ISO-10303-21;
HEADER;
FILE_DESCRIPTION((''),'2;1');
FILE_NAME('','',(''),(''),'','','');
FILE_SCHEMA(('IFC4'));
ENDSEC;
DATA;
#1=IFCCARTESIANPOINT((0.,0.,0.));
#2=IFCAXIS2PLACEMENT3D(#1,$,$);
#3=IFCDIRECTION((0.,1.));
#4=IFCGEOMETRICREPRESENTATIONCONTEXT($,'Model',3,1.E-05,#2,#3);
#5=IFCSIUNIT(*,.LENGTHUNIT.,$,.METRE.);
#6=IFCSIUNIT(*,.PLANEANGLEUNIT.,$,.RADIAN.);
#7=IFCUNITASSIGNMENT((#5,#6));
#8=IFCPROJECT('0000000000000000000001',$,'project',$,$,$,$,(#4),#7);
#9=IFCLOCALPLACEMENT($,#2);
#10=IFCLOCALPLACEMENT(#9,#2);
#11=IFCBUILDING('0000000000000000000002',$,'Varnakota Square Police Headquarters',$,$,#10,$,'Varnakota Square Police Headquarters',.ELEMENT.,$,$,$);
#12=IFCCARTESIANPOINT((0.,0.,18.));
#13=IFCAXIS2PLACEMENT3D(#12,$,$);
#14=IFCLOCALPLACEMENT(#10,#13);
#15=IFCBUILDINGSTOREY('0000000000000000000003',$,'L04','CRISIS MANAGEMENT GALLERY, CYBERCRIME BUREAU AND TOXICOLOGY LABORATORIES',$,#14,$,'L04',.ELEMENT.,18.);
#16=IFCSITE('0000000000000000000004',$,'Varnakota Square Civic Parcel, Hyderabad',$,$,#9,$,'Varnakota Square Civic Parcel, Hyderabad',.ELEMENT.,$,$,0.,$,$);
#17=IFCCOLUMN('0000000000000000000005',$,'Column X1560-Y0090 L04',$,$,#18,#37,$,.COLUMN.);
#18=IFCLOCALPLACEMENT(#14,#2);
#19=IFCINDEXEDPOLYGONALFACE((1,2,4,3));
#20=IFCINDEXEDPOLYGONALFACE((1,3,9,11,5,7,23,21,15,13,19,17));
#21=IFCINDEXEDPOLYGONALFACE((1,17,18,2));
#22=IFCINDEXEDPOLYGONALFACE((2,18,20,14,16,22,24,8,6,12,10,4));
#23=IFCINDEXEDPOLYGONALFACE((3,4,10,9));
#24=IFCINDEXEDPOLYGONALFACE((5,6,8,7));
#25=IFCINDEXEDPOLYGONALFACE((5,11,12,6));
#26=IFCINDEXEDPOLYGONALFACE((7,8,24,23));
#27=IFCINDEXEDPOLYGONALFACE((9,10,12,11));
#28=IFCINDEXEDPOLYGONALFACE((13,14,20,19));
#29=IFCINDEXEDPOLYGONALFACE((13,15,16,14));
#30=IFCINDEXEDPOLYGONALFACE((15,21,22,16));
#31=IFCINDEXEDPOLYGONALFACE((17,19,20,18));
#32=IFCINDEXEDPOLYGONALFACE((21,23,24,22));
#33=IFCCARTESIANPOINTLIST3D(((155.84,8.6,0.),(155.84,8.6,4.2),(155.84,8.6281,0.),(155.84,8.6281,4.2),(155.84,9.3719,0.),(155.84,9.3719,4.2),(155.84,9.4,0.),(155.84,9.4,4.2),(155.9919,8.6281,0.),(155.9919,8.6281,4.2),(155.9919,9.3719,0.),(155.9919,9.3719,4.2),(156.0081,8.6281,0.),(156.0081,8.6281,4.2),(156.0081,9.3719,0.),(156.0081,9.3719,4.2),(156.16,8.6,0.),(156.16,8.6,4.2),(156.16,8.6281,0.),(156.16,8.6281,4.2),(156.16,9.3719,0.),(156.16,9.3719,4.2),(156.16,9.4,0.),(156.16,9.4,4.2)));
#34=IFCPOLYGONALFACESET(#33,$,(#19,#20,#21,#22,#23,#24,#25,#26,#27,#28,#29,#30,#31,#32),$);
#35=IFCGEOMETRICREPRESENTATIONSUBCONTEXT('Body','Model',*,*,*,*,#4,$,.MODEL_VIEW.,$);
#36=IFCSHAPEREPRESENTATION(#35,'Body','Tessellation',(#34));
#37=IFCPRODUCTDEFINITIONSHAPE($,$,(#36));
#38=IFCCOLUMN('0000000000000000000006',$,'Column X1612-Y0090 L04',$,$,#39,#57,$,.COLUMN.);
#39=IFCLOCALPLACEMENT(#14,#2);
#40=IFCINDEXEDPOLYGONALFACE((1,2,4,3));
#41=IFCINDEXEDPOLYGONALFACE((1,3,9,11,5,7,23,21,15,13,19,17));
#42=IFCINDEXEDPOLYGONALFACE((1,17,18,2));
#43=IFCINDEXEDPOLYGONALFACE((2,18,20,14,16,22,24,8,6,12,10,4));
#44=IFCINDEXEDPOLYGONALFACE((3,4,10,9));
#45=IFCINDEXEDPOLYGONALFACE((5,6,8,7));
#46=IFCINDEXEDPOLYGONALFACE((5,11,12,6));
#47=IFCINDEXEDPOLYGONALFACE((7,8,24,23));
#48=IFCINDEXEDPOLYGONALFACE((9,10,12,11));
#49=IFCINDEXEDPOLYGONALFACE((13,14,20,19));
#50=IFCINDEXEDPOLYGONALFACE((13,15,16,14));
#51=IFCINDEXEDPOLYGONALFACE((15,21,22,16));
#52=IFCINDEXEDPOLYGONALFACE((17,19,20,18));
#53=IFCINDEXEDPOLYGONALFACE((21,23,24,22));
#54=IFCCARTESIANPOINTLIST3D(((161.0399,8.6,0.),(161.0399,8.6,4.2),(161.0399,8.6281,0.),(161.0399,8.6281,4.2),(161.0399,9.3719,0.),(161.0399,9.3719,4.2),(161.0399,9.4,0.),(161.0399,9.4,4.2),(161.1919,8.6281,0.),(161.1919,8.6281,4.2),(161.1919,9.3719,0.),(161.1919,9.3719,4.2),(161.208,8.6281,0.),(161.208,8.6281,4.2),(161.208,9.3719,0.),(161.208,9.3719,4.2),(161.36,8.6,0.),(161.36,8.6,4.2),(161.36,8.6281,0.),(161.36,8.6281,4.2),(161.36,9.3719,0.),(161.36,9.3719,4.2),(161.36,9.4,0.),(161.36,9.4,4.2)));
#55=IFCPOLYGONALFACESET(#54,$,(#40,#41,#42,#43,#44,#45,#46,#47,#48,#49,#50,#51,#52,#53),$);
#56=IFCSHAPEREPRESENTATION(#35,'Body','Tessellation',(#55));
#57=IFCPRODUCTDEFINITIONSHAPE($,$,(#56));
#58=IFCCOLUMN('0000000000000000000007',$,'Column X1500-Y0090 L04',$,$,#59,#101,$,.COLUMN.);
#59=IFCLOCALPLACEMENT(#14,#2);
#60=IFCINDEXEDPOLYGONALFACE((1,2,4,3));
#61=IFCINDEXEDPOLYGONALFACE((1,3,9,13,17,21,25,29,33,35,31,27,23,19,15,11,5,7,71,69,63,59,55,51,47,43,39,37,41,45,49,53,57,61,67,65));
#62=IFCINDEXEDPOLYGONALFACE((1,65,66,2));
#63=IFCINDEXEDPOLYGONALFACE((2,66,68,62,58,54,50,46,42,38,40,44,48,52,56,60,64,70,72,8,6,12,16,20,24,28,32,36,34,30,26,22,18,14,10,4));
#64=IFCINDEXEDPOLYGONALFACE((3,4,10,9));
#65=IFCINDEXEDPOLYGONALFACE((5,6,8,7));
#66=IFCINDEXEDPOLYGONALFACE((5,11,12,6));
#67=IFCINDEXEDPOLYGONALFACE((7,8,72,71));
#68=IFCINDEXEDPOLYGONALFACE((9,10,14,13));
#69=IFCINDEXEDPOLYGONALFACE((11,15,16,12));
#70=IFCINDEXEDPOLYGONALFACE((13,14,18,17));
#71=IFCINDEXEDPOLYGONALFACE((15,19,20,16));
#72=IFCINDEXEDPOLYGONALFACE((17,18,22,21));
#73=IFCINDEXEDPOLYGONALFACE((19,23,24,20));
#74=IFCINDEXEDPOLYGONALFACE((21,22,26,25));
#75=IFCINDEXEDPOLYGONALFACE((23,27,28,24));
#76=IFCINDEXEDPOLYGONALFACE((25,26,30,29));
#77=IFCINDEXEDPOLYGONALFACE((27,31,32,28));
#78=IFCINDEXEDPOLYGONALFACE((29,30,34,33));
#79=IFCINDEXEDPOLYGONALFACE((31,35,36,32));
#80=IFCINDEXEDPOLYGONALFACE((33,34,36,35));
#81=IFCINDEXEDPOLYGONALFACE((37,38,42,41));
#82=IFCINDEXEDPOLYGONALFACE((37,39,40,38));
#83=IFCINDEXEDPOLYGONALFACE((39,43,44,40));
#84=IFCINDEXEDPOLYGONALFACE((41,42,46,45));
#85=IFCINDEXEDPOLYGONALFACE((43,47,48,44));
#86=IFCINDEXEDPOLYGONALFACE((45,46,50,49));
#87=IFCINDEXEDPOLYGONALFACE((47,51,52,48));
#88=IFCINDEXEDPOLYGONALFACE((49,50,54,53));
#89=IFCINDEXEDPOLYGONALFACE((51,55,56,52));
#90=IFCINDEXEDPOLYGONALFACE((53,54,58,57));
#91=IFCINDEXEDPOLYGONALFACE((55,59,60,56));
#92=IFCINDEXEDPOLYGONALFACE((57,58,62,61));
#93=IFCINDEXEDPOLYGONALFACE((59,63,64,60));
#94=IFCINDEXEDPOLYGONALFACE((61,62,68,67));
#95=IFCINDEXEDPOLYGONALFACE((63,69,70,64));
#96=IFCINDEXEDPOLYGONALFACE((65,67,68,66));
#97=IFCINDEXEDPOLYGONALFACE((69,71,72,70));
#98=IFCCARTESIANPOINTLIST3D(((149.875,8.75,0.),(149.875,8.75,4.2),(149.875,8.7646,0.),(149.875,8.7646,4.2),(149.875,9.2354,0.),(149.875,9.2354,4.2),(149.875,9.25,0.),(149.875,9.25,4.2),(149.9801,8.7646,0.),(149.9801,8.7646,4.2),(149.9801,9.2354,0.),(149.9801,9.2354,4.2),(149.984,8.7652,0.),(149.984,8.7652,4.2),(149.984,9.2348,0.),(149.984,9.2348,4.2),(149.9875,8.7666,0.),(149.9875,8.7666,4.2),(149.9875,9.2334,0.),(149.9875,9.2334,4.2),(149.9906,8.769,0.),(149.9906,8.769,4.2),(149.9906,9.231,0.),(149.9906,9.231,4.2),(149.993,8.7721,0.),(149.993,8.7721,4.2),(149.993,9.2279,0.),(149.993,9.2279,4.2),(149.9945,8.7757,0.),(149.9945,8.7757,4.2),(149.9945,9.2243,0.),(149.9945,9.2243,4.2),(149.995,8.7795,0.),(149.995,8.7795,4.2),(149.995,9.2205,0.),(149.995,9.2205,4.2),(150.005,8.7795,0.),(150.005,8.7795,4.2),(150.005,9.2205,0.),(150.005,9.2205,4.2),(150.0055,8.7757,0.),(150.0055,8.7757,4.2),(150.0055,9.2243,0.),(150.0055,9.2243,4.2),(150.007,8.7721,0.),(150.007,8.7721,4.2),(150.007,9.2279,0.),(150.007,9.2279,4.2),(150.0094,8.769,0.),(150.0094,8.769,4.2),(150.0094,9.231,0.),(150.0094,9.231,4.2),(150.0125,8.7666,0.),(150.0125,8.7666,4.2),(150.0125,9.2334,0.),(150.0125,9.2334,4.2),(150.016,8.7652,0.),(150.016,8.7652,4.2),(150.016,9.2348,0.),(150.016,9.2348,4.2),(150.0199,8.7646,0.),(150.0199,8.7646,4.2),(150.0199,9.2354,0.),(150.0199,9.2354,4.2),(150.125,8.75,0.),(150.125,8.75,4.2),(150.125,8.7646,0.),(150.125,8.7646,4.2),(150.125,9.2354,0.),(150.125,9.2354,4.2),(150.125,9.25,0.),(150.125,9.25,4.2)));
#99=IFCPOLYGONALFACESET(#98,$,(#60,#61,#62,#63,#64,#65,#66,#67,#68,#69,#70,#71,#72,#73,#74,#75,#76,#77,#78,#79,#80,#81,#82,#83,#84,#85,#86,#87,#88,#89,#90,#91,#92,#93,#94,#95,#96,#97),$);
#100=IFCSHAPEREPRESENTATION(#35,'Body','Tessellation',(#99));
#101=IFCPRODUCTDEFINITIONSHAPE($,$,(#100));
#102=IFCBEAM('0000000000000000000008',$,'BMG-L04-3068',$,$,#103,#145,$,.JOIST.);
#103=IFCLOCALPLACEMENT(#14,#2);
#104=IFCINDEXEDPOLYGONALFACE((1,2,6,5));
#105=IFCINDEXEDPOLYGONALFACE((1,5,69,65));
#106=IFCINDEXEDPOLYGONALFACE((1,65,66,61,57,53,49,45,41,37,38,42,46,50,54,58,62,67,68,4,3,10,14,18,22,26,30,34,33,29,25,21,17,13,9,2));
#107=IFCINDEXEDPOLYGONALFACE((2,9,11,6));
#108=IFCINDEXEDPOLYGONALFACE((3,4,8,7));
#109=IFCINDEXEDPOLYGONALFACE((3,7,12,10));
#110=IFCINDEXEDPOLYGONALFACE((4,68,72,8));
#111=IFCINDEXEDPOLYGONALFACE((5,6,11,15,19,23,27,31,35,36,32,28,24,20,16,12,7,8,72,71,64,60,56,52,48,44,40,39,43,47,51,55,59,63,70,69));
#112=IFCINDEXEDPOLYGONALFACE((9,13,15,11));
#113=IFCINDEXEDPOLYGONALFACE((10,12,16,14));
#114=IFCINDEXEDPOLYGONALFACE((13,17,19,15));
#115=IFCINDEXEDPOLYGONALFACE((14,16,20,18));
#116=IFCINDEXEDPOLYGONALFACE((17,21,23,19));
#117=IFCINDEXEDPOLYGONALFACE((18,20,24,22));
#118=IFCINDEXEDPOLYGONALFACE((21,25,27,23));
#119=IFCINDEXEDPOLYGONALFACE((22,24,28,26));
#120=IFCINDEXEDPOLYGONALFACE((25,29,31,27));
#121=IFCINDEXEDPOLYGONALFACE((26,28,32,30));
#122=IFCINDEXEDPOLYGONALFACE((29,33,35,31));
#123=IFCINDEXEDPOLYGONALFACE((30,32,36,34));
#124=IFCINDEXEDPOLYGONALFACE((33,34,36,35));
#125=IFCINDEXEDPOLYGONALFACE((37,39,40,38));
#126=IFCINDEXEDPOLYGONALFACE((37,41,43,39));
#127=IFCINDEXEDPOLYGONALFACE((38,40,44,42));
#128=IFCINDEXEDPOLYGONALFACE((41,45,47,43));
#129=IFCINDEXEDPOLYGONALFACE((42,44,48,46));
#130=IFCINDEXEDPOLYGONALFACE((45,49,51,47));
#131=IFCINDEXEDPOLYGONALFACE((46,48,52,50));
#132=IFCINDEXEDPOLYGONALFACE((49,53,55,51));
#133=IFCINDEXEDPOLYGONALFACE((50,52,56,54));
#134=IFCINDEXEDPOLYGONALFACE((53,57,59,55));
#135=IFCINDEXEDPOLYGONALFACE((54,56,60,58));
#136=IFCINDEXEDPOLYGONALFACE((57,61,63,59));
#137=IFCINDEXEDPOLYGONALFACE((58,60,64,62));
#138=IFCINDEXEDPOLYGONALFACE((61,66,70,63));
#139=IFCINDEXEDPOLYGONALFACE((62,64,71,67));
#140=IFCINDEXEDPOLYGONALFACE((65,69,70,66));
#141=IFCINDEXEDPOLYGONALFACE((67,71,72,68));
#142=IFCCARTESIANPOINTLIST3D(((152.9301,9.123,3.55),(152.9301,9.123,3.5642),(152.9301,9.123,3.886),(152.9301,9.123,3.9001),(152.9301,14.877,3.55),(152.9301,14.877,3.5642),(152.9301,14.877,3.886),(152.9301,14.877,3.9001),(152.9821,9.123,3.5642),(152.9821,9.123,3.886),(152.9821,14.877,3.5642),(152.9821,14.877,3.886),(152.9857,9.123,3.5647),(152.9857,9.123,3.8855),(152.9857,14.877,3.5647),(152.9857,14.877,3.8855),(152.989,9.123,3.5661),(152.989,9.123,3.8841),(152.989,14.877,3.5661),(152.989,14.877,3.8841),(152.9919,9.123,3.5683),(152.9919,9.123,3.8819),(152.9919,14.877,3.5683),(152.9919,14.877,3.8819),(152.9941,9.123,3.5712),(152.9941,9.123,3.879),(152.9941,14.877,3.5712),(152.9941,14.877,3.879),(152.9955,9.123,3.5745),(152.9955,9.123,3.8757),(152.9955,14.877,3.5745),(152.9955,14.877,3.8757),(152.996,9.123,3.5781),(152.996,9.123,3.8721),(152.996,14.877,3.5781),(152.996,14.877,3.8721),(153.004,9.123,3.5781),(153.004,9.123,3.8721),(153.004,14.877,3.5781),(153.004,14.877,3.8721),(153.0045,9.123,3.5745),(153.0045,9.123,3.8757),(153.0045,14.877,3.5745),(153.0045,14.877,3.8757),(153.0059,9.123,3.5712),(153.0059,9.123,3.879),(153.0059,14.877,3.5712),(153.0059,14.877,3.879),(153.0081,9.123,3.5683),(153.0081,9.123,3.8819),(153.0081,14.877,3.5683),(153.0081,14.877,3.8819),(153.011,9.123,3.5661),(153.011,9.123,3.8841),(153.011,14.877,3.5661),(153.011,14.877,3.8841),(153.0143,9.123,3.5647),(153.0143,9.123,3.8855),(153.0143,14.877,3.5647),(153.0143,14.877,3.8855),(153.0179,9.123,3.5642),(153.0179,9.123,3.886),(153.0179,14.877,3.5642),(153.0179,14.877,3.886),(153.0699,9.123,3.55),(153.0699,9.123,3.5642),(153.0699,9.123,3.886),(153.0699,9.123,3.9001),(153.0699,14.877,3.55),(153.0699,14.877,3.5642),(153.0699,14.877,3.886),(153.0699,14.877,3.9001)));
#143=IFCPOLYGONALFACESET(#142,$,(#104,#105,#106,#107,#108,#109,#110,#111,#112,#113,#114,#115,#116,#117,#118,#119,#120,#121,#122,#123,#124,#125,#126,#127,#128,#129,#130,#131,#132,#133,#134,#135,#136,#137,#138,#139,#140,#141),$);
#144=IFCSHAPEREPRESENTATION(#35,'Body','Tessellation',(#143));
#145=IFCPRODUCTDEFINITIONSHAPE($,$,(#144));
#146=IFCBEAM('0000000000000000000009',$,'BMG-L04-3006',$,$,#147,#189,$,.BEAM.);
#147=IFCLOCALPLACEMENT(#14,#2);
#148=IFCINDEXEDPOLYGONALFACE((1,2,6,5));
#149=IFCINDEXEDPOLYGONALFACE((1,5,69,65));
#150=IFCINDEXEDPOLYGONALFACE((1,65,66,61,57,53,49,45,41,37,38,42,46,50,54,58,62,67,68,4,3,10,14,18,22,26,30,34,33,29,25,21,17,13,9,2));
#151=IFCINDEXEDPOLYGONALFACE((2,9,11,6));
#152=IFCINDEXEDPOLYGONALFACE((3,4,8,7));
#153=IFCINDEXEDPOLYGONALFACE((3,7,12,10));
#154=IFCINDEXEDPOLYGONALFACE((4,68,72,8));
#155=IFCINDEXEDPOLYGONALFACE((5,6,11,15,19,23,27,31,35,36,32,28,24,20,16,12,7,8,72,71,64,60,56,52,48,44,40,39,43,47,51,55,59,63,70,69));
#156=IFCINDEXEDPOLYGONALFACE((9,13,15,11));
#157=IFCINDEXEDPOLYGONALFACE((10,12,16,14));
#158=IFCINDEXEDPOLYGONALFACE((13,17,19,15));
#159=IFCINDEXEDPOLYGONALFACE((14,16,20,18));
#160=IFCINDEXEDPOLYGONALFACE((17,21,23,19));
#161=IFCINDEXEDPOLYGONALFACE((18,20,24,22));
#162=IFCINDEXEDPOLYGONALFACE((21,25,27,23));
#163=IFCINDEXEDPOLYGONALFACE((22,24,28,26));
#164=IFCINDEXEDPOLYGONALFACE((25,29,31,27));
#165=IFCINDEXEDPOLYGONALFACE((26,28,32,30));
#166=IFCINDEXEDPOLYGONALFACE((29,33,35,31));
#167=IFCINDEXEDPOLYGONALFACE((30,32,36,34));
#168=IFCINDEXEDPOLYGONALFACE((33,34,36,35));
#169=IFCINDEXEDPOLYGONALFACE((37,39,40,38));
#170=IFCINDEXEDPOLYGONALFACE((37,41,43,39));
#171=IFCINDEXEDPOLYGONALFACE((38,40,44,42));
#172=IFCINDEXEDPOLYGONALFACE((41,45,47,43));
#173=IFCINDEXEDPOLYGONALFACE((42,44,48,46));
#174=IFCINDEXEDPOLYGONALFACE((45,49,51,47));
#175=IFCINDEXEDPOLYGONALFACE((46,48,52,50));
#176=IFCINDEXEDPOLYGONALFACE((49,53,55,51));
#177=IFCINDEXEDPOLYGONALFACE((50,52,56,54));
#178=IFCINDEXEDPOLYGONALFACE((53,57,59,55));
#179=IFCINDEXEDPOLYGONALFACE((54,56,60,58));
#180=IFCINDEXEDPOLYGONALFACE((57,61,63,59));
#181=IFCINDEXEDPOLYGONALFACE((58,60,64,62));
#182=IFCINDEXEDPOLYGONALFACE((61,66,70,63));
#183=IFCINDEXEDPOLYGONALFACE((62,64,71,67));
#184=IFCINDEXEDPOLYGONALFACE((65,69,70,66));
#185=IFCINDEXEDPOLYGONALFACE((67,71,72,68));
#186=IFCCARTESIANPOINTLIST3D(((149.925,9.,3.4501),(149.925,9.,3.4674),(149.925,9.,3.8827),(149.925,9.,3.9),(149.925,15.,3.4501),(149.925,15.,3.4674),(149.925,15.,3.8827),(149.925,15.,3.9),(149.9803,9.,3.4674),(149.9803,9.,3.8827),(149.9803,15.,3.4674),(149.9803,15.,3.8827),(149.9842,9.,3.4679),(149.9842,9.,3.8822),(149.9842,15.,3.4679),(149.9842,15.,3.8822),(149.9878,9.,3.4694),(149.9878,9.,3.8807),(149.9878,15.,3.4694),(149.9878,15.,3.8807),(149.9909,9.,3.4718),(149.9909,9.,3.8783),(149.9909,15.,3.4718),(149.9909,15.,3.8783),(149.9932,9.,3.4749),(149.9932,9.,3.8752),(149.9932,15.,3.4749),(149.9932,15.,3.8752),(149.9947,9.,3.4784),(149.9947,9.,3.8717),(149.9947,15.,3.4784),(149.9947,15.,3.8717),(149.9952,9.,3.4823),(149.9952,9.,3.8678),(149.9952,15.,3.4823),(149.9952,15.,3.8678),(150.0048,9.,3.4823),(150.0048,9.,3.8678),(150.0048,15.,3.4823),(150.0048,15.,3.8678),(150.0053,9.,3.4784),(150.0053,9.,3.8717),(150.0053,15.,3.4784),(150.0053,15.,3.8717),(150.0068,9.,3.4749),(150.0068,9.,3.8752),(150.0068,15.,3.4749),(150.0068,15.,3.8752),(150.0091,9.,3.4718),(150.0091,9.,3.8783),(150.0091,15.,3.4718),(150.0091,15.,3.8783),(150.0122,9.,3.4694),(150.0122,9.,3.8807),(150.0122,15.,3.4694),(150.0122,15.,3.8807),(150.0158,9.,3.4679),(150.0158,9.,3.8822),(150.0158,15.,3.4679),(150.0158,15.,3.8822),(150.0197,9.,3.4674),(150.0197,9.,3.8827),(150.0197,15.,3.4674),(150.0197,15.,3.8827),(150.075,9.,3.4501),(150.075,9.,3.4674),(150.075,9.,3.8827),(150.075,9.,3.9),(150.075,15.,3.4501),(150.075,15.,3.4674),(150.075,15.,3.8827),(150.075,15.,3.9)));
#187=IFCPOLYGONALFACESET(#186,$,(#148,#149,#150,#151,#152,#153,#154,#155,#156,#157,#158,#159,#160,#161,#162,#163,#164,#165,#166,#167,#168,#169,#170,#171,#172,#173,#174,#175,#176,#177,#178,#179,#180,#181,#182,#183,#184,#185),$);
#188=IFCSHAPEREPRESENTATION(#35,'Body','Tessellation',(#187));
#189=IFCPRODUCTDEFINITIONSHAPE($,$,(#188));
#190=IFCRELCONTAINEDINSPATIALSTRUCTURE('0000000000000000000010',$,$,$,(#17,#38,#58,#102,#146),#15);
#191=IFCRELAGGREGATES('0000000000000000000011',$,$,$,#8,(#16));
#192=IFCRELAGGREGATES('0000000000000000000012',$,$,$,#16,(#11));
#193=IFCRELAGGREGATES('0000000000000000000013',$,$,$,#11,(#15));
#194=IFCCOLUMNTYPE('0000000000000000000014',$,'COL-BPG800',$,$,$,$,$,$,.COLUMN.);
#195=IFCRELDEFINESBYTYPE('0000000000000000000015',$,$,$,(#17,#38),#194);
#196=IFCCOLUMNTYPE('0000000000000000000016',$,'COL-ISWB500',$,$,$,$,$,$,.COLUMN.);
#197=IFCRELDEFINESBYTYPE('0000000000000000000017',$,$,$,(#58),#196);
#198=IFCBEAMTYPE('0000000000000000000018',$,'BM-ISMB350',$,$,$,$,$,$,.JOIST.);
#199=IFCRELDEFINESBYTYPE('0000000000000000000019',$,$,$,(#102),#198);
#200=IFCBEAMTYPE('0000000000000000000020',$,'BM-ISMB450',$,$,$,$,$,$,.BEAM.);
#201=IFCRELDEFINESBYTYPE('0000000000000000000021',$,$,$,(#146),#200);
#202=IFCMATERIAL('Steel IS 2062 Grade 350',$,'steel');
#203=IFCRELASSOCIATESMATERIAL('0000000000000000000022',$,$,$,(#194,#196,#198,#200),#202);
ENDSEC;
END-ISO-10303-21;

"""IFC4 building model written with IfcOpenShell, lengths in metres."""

from ifc_helpers import new_model, si_unit, direction, frame, origin, origin_2d, place, context, subcontext, project, spatial, i_section, extrude, material, material_profile, profile_set, type_object, element, save


model = new_model("IFC4")

# Units and contexts
model_context = context("Model", 3, precision=1e-05, world=origin(), true_north=direction((0.0, 1.0)))
body_context = subcontext(model_context, "Body", "Model", "MODEL_VIEW")
ifc_project = project(units=[si_unit("LENGTHUNIT", "METRE"), si_unit("PLANEANGLEUNIT", "RADIAN")], contexts=[model_context])

# Site, building, storey
site_placement = place(None, origin())
site = spatial("IfcSite", under=ifc_project, at=site_placement, Name="Varnakota Square Civic Parcel, Hyderabad", LongName="Varnakota Square Civic Parcel, Hyderabad", CompositionType="ELEMENT", RefElevation=0.0)
building_placement = place(site_placement, origin())
building = spatial("IfcBuilding", under=site, at=building_placement, Name="Varnakota Square Police Headquarters", LongName="Varnakota Square Police Headquarters", CompositionType="ELEMENT")
storey_placement = place(building_placement, frame((0.0, 0.0, 18.0)))
storey = spatial("IfcBuildingStorey", under=building, at=storey_placement, Name="L04", Description="CRISIS MANAGEMENT GALLERY, CYBERCRIME BUREAU AND TOXICOLOGY LABORATORIES", LongName="L04", CompositionType="ELEMENT", Elevation=18.0)

# Columns
ifc_material_1 = material(Name="Steel IS 2062 Grade 350", Category="steel")
ifc_material_profile_1 = material_profile(ifc_material_1, i_section(OverallWidth=0.3201, OverallDepth=0.8, WebThickness=0.0161, FlangeThickness=0.0281, at=origin_2d()), Name="BPG 800x320")
ifc_profile_set_1 = profile_set([ifc_material_profile_1], Name="Steel IS 2062 Grade 350")
column_type_1 = type_object("IfcColumnType", Name="COL-BPG800", PredefinedType="COLUMN", material=ifc_profile_set_1)
for number, where, z_axis, x_axis, name in (
    (1, (156.0, 9.0, 0.0), (0.0, 0.0, 1.0), (1.0, 0.0, 0.0), "Column X1560-Y0090 L04"),
    (2, (161.2, 9.0, 0.0), (0.0, 0.0, 1.0), (1.0, 0.0, 0.0), "Column X1612-Y0090 L04"),
):
    element("IfcColumn", number, at=place(storey_placement, frame(where, z_axis=z_axis, x_axis=x_axis)), inside=storey, type_object=column_type_1, Name=name, PredefinedType="COLUMN", context=body_context, shape_type="SweptSolid", body=[
        extrude(i_section(OverallWidth=0.3201, OverallDepth=0.8, WebThickness=0.0161, FlangeThickness=0.0281, at=origin_2d()), origin(), (0.0, 0.0, 1.0), 4.2),
    ])
ifc_material_profile_2 = material_profile(ifc_material_1, i_section(OverallWidth=0.25, OverallDepth=0.5, WebThickness=0.01, FlangeThickness=0.0146, FilletRadius=0.0149, at=origin_2d()), Name="ISWB 500")
ifc_profile_set_2 = profile_set([ifc_material_profile_2], Name="Steel IS 2062 Grade 350")
column_type_2 = type_object("IfcColumnType", Name="COL-ISWB500", PredefinedType="COLUMN", material=ifc_profile_set_2)
column_placement = place(storey_placement, frame((150.0, 9.0, 0.0), z_axis=(0.0, 0.0, 1.0), x_axis=(1.0, 0.0, 0.0)))
element("IfcColumn", 3, at=column_placement, inside=storey, type_object=column_type_2, Name="Column X1500-Y0090 L04", PredefinedType="COLUMN", context=body_context, shape_type="SweptSolid", body=[
    extrude(i_section(OverallWidth=0.25, OverallDepth=0.5, WebThickness=0.01, FlangeThickness=0.0146, FilletRadius=0.0149, at=origin_2d()), origin(), (0.0, 0.0, 1.0), 4.2),
])

# Beams
ifc_material_profile_3 = material_profile(ifc_material_1, i_section(OverallWidth=0.1399, OverallDepth=0.3501, WebThickness=0.0081, FlangeThickness=0.0142, FilletRadius=0.0139, at=origin_2d()), Name="ISMB 350")
ifc_profile_set_3 = profile_set([ifc_material_profile_3], Name="Steel IS 2062 Grade 350")
beam_type_1 = type_object("IfcBeamType", Name="BM-ISMB350", PredefinedType="JOIST", material=ifc_profile_set_3)
beam_1_placement = place(storey_placement, frame((153.0, 9.123, 3.7251), z_axis=(0.0, 1.0, 0.0), x_axis=(-1.0, 0.0, 0.0)))
element("IfcBeam", 4, at=beam_1_placement, inside=storey, type_object=beam_type_1, Name="BMG-L04-3068", PredefinedType="JOIST", context=body_context, shape_type="SweptSolid", body=[
    extrude(i_section(OverallWidth=0.1399, OverallDepth=0.3501, WebThickness=0.0081, FlangeThickness=0.0142, FilletRadius=0.0139, at=origin_2d()), origin(), (0.0, 0.0, 1.0), 5.7539),
])
ifc_material_profile_4 = material_profile(ifc_material_1, i_section(OverallWidth=0.1499, OverallDepth=0.45, WebThickness=0.0095, FlangeThickness=0.0173, FilletRadius=0.0149, at=origin_2d()), Name="ISMB 450")
ifc_profile_set_4 = profile_set([ifc_material_profile_4], Name="Steel IS 2062 Grade 350")
beam_type_2 = type_object("IfcBeamType", Name="BM-ISMB450", PredefinedType="BEAM", material=ifc_profile_set_4)
for number, where, z_axis, x_axis, name in (
    (5, (150.0, 9.0, 3.675), (0.0, 1.0, 0.0), (-1.0, 0.0, 0.0), "BMG-L04-3006"),
):
    element("IfcBeam", number, at=place(storey_placement, frame(where, z_axis=z_axis, x_axis=x_axis)), inside=storey, type_object=beam_type_2, Name=name, PredefinedType="BEAM", context=body_context, shape_type="SweptSolid", body=[
        extrude(i_section(OverallWidth=0.1499, OverallDepth=0.45, WebThickness=0.0095, FlangeThickness=0.0173, FilletRadius=0.0149, at=origin_2d()), origin(), (0.0, 0.0, 1.0), 6.0),
    ])

save(model, "model.ifc")
